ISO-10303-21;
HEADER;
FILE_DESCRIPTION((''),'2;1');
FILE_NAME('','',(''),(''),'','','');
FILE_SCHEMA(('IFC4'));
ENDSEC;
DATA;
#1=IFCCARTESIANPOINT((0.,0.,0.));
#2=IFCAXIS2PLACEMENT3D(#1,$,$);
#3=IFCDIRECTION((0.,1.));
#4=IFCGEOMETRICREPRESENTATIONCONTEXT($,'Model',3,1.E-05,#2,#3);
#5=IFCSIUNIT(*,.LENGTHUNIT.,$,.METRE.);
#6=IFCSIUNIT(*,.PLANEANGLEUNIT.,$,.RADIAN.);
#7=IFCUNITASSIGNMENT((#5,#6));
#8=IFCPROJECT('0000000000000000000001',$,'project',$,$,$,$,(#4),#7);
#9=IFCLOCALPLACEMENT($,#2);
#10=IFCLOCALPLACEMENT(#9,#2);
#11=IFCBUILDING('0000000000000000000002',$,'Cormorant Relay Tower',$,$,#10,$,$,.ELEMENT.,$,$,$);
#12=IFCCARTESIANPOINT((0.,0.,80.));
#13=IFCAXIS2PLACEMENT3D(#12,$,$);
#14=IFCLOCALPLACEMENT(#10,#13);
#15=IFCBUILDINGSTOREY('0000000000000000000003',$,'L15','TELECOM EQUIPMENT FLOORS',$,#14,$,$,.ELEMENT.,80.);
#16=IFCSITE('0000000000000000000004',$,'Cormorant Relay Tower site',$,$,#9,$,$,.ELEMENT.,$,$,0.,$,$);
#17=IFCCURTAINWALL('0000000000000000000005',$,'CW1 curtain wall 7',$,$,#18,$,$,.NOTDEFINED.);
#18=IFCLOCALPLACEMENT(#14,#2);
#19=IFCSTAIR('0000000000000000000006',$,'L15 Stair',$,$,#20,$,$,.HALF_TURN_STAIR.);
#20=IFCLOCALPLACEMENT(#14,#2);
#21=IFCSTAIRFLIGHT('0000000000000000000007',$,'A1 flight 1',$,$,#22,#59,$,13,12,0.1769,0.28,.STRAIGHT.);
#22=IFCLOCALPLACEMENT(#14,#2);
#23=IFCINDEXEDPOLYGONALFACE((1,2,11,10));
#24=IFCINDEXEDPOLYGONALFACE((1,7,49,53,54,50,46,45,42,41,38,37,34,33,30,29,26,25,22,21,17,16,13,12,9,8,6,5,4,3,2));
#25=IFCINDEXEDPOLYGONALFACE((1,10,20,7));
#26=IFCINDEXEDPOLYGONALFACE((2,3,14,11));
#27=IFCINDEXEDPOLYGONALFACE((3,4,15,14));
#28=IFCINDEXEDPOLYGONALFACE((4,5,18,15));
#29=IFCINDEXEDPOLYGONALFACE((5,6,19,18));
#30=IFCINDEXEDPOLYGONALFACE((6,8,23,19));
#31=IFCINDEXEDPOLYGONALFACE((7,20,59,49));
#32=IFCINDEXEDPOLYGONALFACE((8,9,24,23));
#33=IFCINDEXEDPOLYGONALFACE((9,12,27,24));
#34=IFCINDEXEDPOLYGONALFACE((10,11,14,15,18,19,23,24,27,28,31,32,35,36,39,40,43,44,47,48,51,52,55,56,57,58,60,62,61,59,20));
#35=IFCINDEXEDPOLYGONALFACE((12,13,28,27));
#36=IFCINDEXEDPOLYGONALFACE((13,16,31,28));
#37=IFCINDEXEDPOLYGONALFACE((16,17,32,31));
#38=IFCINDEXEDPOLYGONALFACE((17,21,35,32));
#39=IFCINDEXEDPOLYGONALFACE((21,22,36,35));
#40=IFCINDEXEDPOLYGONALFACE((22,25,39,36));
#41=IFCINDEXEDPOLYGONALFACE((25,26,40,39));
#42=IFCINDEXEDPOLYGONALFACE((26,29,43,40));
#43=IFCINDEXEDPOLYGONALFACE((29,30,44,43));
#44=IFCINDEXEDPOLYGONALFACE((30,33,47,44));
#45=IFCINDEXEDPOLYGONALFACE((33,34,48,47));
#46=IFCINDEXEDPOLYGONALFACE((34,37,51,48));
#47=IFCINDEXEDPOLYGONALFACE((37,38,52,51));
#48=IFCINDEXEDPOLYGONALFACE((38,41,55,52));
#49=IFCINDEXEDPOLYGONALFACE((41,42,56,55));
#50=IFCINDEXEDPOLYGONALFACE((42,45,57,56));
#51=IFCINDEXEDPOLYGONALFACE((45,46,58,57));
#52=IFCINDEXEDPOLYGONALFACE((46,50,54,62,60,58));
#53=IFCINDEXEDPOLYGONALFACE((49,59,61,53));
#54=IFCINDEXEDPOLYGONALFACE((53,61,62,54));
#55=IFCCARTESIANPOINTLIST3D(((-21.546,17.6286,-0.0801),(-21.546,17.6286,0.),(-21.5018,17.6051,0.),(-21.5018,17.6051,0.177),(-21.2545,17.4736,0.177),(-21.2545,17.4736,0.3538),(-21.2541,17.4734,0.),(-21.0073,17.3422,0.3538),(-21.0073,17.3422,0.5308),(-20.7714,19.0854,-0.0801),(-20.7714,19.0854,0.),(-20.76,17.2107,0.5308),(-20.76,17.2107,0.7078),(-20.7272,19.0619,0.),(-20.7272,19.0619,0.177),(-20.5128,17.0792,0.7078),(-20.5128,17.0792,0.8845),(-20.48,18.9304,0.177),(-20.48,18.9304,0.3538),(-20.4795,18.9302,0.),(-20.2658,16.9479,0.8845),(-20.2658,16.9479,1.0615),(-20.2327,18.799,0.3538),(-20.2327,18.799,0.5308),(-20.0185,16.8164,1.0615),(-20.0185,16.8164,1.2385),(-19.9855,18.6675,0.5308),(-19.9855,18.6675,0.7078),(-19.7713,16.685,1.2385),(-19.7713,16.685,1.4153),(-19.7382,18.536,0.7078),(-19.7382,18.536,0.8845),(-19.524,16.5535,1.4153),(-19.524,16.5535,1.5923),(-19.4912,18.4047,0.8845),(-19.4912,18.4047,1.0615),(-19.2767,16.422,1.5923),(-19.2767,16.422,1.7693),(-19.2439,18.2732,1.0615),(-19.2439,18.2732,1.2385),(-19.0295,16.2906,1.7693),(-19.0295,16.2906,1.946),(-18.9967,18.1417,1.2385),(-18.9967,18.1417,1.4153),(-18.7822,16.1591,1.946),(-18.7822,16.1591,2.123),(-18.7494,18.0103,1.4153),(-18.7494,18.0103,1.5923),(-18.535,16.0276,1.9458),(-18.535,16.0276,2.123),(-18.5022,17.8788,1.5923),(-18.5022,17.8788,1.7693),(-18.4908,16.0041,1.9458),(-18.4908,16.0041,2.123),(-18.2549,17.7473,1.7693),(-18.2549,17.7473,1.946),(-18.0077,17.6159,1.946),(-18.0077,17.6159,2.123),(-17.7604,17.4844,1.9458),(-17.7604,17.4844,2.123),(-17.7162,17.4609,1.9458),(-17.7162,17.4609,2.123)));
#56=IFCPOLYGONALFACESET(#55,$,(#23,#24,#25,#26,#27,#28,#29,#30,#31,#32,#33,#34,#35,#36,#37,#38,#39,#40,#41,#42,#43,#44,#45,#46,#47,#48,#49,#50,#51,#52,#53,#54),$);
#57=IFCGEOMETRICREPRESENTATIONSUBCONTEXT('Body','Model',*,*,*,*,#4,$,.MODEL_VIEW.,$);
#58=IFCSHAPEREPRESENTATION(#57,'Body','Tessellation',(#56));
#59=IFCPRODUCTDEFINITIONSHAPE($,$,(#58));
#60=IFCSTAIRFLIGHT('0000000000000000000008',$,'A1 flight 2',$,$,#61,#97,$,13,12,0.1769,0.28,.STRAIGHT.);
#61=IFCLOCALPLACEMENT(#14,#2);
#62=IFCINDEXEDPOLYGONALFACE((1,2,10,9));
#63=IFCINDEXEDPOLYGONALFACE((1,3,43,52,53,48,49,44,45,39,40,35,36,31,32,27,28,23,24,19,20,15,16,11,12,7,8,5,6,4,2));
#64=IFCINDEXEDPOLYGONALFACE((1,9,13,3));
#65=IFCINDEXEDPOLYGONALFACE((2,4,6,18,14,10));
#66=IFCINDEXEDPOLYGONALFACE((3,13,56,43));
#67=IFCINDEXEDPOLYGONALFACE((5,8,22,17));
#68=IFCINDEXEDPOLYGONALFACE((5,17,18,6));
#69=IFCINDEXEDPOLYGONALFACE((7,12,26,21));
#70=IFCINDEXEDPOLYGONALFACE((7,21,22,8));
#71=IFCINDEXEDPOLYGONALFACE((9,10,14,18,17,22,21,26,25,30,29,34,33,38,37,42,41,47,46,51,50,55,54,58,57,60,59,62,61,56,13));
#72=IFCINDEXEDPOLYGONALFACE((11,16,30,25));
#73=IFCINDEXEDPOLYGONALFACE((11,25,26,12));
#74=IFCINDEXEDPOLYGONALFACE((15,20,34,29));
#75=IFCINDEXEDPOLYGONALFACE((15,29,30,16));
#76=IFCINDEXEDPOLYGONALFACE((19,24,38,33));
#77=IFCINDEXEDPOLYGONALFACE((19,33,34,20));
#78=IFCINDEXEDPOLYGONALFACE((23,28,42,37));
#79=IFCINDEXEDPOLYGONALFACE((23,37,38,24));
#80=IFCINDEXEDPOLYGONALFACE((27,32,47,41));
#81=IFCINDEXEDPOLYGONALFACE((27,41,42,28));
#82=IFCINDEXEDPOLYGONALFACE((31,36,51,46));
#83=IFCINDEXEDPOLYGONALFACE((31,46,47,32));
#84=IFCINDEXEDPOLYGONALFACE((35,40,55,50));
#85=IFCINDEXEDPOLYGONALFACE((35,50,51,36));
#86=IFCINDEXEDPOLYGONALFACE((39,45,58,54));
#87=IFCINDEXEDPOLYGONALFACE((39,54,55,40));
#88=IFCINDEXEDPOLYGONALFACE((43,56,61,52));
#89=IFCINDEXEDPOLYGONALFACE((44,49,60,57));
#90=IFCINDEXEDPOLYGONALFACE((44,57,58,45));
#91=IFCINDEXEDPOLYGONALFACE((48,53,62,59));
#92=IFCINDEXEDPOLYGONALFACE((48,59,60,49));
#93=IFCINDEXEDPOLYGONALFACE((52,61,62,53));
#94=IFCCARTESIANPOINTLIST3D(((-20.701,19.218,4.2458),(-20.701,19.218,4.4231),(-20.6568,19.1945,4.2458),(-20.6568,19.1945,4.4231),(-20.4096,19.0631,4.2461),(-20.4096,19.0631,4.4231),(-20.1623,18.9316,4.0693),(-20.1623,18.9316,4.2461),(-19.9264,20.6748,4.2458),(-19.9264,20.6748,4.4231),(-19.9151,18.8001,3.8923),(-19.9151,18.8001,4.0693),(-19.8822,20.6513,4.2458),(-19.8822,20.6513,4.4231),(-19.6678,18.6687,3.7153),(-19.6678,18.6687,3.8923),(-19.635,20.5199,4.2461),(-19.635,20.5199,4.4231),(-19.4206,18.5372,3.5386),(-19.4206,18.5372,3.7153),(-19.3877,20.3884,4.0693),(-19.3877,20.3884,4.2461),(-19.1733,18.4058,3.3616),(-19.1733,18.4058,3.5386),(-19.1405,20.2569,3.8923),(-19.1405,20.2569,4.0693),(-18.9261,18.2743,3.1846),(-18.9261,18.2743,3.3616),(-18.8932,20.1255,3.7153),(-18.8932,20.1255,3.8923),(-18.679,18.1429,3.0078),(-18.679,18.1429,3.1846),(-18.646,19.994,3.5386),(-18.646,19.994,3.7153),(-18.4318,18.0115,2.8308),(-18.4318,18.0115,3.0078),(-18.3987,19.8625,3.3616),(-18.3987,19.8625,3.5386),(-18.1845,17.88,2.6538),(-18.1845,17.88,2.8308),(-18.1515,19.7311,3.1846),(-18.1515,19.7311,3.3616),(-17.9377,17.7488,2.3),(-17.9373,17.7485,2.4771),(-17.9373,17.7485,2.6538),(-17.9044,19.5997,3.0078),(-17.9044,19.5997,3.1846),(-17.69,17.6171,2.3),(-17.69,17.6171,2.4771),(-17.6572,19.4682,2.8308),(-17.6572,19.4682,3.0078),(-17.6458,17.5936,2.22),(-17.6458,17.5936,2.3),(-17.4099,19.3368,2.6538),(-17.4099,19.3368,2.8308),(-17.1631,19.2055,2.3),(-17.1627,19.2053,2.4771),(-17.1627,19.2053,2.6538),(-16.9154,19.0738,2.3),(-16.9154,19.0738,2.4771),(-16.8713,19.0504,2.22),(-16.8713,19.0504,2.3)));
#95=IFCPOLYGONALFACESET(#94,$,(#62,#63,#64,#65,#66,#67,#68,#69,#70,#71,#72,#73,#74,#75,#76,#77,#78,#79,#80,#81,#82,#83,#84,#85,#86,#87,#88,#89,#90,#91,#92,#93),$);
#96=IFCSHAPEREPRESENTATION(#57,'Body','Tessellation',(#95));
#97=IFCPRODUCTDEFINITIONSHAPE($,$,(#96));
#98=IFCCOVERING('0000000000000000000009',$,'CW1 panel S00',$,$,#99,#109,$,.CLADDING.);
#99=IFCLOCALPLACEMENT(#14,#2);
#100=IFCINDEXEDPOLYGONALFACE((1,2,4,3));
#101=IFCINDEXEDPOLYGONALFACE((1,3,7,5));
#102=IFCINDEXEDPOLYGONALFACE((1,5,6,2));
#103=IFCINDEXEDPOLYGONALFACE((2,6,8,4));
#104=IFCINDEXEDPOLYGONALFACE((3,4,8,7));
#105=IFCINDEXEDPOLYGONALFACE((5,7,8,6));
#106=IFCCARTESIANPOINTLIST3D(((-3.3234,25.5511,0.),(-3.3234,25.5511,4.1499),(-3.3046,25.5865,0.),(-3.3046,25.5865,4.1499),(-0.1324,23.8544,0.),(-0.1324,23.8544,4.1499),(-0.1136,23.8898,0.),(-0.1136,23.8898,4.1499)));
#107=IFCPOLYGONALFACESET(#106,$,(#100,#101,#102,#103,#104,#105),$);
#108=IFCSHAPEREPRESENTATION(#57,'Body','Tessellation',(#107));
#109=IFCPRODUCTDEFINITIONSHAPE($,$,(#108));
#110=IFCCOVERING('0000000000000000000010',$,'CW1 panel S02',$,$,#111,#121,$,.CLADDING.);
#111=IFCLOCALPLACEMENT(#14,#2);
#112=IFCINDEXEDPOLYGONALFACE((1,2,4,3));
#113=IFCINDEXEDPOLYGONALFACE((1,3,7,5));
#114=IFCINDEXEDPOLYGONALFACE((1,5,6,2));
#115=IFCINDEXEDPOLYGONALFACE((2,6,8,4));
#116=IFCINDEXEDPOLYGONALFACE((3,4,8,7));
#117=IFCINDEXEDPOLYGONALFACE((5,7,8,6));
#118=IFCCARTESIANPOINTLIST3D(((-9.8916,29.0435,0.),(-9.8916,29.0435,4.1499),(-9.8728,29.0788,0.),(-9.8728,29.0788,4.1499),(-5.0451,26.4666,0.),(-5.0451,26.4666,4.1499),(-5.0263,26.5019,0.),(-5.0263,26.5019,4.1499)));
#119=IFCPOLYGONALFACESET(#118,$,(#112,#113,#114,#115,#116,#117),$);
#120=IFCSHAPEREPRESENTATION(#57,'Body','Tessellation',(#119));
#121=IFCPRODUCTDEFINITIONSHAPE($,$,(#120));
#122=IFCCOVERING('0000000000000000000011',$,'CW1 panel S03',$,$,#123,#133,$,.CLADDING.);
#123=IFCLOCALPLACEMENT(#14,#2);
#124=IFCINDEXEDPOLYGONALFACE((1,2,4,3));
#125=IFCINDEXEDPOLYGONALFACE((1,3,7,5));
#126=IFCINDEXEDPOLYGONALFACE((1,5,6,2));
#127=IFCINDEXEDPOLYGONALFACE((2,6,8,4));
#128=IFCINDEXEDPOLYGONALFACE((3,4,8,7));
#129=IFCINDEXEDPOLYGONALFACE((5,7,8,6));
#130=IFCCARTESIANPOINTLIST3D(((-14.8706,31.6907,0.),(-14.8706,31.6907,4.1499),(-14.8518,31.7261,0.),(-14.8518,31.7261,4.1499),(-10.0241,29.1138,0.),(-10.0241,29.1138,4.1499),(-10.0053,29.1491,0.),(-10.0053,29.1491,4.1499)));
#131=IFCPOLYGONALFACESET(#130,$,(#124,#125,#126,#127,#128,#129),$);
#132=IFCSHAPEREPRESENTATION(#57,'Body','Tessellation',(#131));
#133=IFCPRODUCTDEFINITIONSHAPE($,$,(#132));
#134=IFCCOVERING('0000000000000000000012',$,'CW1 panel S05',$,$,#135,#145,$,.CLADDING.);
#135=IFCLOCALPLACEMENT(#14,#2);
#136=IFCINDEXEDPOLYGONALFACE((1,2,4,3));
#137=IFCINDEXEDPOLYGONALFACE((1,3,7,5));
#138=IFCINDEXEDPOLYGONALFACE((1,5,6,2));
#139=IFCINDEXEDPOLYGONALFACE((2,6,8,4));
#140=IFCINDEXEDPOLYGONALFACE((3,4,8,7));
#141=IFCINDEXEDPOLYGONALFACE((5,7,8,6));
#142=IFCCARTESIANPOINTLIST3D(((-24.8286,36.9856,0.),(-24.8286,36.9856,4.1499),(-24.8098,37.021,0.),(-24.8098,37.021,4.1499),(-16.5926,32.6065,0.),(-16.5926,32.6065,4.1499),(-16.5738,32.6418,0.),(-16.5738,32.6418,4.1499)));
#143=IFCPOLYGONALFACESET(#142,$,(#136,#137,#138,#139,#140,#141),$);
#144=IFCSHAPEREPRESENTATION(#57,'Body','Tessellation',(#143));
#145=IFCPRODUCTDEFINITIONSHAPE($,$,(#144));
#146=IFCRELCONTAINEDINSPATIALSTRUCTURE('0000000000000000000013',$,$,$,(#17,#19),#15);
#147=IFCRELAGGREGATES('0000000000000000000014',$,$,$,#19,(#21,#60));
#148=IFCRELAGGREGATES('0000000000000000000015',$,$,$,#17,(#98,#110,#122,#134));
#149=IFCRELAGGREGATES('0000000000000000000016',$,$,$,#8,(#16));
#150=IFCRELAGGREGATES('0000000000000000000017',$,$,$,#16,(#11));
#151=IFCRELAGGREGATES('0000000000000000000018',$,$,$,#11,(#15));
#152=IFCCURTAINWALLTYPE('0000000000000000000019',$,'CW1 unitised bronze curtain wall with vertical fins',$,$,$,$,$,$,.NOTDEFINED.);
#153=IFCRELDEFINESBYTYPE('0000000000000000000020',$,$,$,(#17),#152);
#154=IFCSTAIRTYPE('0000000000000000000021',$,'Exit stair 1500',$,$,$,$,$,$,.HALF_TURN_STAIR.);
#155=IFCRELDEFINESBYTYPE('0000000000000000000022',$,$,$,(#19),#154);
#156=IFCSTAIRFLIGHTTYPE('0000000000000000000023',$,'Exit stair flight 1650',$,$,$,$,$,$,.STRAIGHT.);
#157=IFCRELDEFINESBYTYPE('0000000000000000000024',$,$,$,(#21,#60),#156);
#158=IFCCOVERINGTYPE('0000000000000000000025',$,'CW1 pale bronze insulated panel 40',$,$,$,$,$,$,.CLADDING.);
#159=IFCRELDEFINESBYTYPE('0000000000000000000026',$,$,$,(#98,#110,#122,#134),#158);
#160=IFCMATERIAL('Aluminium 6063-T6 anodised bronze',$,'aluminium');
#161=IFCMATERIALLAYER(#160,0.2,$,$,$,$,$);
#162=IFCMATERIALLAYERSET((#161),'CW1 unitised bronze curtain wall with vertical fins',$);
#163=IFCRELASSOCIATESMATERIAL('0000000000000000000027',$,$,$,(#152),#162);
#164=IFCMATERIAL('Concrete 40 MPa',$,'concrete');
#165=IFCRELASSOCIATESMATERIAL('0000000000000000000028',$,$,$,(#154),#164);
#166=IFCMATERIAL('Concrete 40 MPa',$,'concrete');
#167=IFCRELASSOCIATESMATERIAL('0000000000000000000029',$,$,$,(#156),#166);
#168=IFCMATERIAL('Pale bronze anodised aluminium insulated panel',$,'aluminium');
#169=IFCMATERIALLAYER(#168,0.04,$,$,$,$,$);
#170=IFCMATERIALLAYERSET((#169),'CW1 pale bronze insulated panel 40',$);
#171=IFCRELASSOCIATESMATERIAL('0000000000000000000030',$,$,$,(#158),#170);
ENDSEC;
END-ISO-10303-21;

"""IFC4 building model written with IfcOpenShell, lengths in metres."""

from ifc_helpers import new_model, si_unit, direction, frame, origin, origin_2d, place, context, subcontext, project, spatial, polyline, rectangle, outline, extrude, material, layer, layer_set, type_object, element, aggregate, save


model = new_model("IFC4")

# Units and contexts
model_context = context("Model", 3, precision=1e-05, world=origin(), true_north=direction((0.0, 1.0)))
body_context = subcontext(model_context, "Body", "Model", "MODEL_VIEW")
ifc_project = project(units=[si_unit("LENGTHUNIT", "METRE"), si_unit("PLANEANGLEUNIT", "RADIAN")], contexts=[model_context])

# Site, building, storey
site_placement = place(None, origin())
site = spatial("IfcSite", under=ifc_project, at=site_placement, Name="Cormorant Relay Tower site", CompositionType="ELEMENT", RefElevation=0.0)
building_placement = place(site_placement, origin())
building = spatial("IfcBuilding", under=site, at=building_placement, Name="Cormorant Relay Tower", CompositionType="ELEMENT")
storey_placement = place(building_placement, frame((0.0, 0.0, 80.0)))
storey = spatial("IfcBuildingStorey", under=building, at=storey_placement, Name="L15", Description="TELECOM EQUIPMENT FLOORS", CompositionType="ELEMENT", Elevation=80.0)

# Curtain wall
ifc_material_1 = material(Name="Aluminium 6063-T6 anodised bronze", Category="aluminium")
ifc_layer_1 = layer(ifc_material_1, 0.2)
ifc_layer_set_1 = layer_set([ifc_layer_1], Name="CW1 unitised bronze curtain wall with vertical fins")
curtain_wall_type = type_object("IfcCurtainWallType", Name="CW1 unitised bronze curtain wall with vertical fins", PredefinedType="NOTDEFINED", material=ifc_layer_set_1)
curtain_wall_placement = place(storey_placement, origin())
curtain_wall = element("IfcCurtainWall", 1, at=curtain_wall_placement, inside=storey, type_object=curtain_wall_type, Name="CW1 curtain wall 7", PredefinedType="NOTDEFINED")

# Stair, stair flights
ifc_material_2 = material(Name="Concrete 40 MPa", Category="concrete")
stair_type = type_object("IfcStairType", Name="Exit stair 1500", PredefinedType="HALF_TURN_STAIR", material=ifc_material_2)
stair_placement = place(storey_placement, origin())
stair = element("IfcStair", 2, at=stair_placement, inside=storey, type_object=stair_type, Name="L15 Stair", PredefinedType="HALF_TURN_STAIR")
ifc_material_3 = material(Name="Concrete 40 MPa", Category="concrete")
stair_flight_type = type_object("IfcStairFlightType", Name="Exit stair flight 1650", PredefinedType="STRAIGHT", material=ifc_material_3)
stair_flight_1_placement = place(storey_placement, frame((-21.1145, 18.3335, 0.0), z_axis=(0.0, 0.0, 1.0), x_axis=(0.882948, -0.469472, 0.0)))
stair_flight_1 = element("IfcStairFlight", 3, at=stair_flight_1_placement, type_object=stair_flight_type, Name="A1 flight 1", NumberOfRisers=13, NumberOfTreads=12, PredefinedType="STRAIGHT", RiserHeight=0.1769, TreadLength=0.28, context=body_context, shape_type="SweptSolid", body=[
    extrude(outline(polyline([(-0.05, -0.0801), (-0.05, 0.0), (0.0, 0.0), (0.0, 0.177), (0.28, 0.177), (0.28, 0.3538), (0.5601, 0.3538), (0.5601, 0.5308), (0.8401, 0.5308), (0.8401, 0.7078), (1.1201, 0.7078), (1.1201, 0.8845), (1.3999, 0.8845), (1.3999, 1.0615), (1.6799, 1.0615), (1.6799, 1.2385), (1.96, 1.2385), (1.96, 1.4153), (2.24, 1.4153), (2.24, 1.5923), (2.52, 1.5923), (2.52, 1.7693), (2.8, 1.7693), (2.8, 1.946), (3.0801, 1.946), (3.0801, 2.123), (3.3601, 2.123), (3.4102, 2.123), (3.4102, 1.9458), (3.3601, 1.9458), (0.2805, 0.0), (-0.05, -0.0801)])), frame((0.0, 0.825, 0.0), z_axis=(0.0, -1.0, 0.0), x_axis=(1.0, 0.0, 0.0)), (0.0, 0.0, 1.0), 1.6499),
])
stair_flight_2_placement = place(storey_placement, frame((-17.3027, 18.3455, 2.3), z_axis=(0.0, 0.0, 1.0), x_axis=(-0.882948, 0.469472, 0.0)))
stair_flight_2 = element("IfcStairFlight", 4, at=stair_flight_2_placement, type_object=stair_flight_type, Name="A1 flight 2", NumberOfRisers=13, NumberOfTreads=12, PredefinedType="STRAIGHT", RiserHeight=0.1769, TreadLength=0.28, context=body_context, shape_type="SweptSolid", body=[
    extrude(outline(polyline([(-0.05, -0.0801), (-0.05, 0.0), (0.0, 0.0), (0.0, 0.177), (0.28, 0.177), (0.28, 0.3538), (0.5601, 0.3538), (0.5601, 0.5308), (0.8401, 0.5308), (0.8401, 0.7078), (1.1201, 0.7078), (1.1201, 0.8845), (1.3999, 0.8845), (1.3999, 1.0615), (1.6799, 1.0615), (1.6799, 1.2385), (1.96, 1.2385), (1.96, 1.4153), (2.24, 1.4153), (2.24, 1.5923), (2.52, 1.5923), (2.52, 1.7693), (2.8, 1.7693), (2.8, 1.946), (3.0801, 1.946), (3.0801, 2.123), (3.3601, 2.123), (3.4102, 2.123), (3.4102, 1.9458), (3.3601, 1.9458), (0.2805, 0.0), (-0.05, -0.0801)])), frame((0.0, 0.825, 0.0), z_axis=(0.0, -1.0, 0.0), x_axis=(1.0, 0.0, 0.0)), (0.0, 0.0, 1.0), 1.6499),
])
aggregate(stair, [stair_flight_1, stair_flight_2])

# Coverings
ifc_material_4 = material(Name="Pale bronze anodised aluminium insulated panel", Category="aluminium")
ifc_layer_2 = layer(ifc_material_4, 0.04)
ifc_layer_set_2 = layer_set([ifc_layer_2], Name="CW1 pale bronze insulated panel 40")
covering_type = type_object("IfcCoveringType", Name="CW1 pale bronze insulated panel 40", PredefinedType="CLADDING", material=ifc_layer_set_2)
covering_1_placement = place(storey_placement, frame((-1.7185, 24.7205, 0.0), z_axis=(0.0, 0.0, 1.0), x_axis=(-0.882948, 0.469472, 0.0)))
covering_1 = element("IfcCovering", 5, at=covering_1_placement, type_object=covering_type, Name="CW1 panel S00", PredefinedType="CLADDING", context=body_context, shape_type="SweptSolid", body=[
    extrude(rectangle(XDim=3.614, YDim=0.04, at=origin_2d()), origin(), (0.0, 0.0, 1.0), 4.1499),
])
covering_2_placement = place(storey_placement, frame((-7.459, 27.7727, 0.0), z_axis=(0.0, 0.0, 1.0), x_axis=(-0.882948, 0.469472, 0.0)))
covering_2 = element("IfcCovering", 6, at=covering_2_placement, type_object=covering_type, Name="CW1 panel S02", PredefinedType="CLADDING", context=body_context, shape_type="SweptSolid", body=[
    extrude(rectangle(XDim=5.489, YDim=0.04, at=origin_2d()), origin(), (0.0, 0.0, 1.0), 4.1499),
])
covering_3_placement = place(storey_placement, frame((-12.438, 30.4199, 0.0), z_axis=(0.0, 0.0, 1.0), x_axis=(-0.882948, 0.469472, 0.0)))
covering_3 = element("IfcCovering", 7, at=covering_3_placement, type_object=covering_type, Name="CW1 panel S03", PredefinedType="CLADDING", context=body_context, shape_type="SweptSolid", body=[
    extrude(rectangle(XDim=5.489, YDim=0.04, at=origin_2d()), origin(), (0.0, 0.0, 1.0), 4.1499),
])
covering_4_placement = place(storey_placement, frame((-20.7012, 34.8137, 0.0), z_axis=(0.0, 0.0, 1.0), x_axis=(-0.882948, 0.469472, 0.0)))
covering_4 = element("IfcCovering", 8, at=covering_4_placement, type_object=covering_type, Name="CW1 panel S05", PredefinedType="CLADDING", context=body_context, shape_type="SweptSolid", body=[
    extrude(rectangle(XDim=9.3279, YDim=0.04, at=origin_2d()), origin(), (0.0, 0.0, 1.0), 4.1499),
])
aggregate(curtain_wall, [covering_1, covering_2, covering_3, covering_4])

save(model, "model.ifc")
